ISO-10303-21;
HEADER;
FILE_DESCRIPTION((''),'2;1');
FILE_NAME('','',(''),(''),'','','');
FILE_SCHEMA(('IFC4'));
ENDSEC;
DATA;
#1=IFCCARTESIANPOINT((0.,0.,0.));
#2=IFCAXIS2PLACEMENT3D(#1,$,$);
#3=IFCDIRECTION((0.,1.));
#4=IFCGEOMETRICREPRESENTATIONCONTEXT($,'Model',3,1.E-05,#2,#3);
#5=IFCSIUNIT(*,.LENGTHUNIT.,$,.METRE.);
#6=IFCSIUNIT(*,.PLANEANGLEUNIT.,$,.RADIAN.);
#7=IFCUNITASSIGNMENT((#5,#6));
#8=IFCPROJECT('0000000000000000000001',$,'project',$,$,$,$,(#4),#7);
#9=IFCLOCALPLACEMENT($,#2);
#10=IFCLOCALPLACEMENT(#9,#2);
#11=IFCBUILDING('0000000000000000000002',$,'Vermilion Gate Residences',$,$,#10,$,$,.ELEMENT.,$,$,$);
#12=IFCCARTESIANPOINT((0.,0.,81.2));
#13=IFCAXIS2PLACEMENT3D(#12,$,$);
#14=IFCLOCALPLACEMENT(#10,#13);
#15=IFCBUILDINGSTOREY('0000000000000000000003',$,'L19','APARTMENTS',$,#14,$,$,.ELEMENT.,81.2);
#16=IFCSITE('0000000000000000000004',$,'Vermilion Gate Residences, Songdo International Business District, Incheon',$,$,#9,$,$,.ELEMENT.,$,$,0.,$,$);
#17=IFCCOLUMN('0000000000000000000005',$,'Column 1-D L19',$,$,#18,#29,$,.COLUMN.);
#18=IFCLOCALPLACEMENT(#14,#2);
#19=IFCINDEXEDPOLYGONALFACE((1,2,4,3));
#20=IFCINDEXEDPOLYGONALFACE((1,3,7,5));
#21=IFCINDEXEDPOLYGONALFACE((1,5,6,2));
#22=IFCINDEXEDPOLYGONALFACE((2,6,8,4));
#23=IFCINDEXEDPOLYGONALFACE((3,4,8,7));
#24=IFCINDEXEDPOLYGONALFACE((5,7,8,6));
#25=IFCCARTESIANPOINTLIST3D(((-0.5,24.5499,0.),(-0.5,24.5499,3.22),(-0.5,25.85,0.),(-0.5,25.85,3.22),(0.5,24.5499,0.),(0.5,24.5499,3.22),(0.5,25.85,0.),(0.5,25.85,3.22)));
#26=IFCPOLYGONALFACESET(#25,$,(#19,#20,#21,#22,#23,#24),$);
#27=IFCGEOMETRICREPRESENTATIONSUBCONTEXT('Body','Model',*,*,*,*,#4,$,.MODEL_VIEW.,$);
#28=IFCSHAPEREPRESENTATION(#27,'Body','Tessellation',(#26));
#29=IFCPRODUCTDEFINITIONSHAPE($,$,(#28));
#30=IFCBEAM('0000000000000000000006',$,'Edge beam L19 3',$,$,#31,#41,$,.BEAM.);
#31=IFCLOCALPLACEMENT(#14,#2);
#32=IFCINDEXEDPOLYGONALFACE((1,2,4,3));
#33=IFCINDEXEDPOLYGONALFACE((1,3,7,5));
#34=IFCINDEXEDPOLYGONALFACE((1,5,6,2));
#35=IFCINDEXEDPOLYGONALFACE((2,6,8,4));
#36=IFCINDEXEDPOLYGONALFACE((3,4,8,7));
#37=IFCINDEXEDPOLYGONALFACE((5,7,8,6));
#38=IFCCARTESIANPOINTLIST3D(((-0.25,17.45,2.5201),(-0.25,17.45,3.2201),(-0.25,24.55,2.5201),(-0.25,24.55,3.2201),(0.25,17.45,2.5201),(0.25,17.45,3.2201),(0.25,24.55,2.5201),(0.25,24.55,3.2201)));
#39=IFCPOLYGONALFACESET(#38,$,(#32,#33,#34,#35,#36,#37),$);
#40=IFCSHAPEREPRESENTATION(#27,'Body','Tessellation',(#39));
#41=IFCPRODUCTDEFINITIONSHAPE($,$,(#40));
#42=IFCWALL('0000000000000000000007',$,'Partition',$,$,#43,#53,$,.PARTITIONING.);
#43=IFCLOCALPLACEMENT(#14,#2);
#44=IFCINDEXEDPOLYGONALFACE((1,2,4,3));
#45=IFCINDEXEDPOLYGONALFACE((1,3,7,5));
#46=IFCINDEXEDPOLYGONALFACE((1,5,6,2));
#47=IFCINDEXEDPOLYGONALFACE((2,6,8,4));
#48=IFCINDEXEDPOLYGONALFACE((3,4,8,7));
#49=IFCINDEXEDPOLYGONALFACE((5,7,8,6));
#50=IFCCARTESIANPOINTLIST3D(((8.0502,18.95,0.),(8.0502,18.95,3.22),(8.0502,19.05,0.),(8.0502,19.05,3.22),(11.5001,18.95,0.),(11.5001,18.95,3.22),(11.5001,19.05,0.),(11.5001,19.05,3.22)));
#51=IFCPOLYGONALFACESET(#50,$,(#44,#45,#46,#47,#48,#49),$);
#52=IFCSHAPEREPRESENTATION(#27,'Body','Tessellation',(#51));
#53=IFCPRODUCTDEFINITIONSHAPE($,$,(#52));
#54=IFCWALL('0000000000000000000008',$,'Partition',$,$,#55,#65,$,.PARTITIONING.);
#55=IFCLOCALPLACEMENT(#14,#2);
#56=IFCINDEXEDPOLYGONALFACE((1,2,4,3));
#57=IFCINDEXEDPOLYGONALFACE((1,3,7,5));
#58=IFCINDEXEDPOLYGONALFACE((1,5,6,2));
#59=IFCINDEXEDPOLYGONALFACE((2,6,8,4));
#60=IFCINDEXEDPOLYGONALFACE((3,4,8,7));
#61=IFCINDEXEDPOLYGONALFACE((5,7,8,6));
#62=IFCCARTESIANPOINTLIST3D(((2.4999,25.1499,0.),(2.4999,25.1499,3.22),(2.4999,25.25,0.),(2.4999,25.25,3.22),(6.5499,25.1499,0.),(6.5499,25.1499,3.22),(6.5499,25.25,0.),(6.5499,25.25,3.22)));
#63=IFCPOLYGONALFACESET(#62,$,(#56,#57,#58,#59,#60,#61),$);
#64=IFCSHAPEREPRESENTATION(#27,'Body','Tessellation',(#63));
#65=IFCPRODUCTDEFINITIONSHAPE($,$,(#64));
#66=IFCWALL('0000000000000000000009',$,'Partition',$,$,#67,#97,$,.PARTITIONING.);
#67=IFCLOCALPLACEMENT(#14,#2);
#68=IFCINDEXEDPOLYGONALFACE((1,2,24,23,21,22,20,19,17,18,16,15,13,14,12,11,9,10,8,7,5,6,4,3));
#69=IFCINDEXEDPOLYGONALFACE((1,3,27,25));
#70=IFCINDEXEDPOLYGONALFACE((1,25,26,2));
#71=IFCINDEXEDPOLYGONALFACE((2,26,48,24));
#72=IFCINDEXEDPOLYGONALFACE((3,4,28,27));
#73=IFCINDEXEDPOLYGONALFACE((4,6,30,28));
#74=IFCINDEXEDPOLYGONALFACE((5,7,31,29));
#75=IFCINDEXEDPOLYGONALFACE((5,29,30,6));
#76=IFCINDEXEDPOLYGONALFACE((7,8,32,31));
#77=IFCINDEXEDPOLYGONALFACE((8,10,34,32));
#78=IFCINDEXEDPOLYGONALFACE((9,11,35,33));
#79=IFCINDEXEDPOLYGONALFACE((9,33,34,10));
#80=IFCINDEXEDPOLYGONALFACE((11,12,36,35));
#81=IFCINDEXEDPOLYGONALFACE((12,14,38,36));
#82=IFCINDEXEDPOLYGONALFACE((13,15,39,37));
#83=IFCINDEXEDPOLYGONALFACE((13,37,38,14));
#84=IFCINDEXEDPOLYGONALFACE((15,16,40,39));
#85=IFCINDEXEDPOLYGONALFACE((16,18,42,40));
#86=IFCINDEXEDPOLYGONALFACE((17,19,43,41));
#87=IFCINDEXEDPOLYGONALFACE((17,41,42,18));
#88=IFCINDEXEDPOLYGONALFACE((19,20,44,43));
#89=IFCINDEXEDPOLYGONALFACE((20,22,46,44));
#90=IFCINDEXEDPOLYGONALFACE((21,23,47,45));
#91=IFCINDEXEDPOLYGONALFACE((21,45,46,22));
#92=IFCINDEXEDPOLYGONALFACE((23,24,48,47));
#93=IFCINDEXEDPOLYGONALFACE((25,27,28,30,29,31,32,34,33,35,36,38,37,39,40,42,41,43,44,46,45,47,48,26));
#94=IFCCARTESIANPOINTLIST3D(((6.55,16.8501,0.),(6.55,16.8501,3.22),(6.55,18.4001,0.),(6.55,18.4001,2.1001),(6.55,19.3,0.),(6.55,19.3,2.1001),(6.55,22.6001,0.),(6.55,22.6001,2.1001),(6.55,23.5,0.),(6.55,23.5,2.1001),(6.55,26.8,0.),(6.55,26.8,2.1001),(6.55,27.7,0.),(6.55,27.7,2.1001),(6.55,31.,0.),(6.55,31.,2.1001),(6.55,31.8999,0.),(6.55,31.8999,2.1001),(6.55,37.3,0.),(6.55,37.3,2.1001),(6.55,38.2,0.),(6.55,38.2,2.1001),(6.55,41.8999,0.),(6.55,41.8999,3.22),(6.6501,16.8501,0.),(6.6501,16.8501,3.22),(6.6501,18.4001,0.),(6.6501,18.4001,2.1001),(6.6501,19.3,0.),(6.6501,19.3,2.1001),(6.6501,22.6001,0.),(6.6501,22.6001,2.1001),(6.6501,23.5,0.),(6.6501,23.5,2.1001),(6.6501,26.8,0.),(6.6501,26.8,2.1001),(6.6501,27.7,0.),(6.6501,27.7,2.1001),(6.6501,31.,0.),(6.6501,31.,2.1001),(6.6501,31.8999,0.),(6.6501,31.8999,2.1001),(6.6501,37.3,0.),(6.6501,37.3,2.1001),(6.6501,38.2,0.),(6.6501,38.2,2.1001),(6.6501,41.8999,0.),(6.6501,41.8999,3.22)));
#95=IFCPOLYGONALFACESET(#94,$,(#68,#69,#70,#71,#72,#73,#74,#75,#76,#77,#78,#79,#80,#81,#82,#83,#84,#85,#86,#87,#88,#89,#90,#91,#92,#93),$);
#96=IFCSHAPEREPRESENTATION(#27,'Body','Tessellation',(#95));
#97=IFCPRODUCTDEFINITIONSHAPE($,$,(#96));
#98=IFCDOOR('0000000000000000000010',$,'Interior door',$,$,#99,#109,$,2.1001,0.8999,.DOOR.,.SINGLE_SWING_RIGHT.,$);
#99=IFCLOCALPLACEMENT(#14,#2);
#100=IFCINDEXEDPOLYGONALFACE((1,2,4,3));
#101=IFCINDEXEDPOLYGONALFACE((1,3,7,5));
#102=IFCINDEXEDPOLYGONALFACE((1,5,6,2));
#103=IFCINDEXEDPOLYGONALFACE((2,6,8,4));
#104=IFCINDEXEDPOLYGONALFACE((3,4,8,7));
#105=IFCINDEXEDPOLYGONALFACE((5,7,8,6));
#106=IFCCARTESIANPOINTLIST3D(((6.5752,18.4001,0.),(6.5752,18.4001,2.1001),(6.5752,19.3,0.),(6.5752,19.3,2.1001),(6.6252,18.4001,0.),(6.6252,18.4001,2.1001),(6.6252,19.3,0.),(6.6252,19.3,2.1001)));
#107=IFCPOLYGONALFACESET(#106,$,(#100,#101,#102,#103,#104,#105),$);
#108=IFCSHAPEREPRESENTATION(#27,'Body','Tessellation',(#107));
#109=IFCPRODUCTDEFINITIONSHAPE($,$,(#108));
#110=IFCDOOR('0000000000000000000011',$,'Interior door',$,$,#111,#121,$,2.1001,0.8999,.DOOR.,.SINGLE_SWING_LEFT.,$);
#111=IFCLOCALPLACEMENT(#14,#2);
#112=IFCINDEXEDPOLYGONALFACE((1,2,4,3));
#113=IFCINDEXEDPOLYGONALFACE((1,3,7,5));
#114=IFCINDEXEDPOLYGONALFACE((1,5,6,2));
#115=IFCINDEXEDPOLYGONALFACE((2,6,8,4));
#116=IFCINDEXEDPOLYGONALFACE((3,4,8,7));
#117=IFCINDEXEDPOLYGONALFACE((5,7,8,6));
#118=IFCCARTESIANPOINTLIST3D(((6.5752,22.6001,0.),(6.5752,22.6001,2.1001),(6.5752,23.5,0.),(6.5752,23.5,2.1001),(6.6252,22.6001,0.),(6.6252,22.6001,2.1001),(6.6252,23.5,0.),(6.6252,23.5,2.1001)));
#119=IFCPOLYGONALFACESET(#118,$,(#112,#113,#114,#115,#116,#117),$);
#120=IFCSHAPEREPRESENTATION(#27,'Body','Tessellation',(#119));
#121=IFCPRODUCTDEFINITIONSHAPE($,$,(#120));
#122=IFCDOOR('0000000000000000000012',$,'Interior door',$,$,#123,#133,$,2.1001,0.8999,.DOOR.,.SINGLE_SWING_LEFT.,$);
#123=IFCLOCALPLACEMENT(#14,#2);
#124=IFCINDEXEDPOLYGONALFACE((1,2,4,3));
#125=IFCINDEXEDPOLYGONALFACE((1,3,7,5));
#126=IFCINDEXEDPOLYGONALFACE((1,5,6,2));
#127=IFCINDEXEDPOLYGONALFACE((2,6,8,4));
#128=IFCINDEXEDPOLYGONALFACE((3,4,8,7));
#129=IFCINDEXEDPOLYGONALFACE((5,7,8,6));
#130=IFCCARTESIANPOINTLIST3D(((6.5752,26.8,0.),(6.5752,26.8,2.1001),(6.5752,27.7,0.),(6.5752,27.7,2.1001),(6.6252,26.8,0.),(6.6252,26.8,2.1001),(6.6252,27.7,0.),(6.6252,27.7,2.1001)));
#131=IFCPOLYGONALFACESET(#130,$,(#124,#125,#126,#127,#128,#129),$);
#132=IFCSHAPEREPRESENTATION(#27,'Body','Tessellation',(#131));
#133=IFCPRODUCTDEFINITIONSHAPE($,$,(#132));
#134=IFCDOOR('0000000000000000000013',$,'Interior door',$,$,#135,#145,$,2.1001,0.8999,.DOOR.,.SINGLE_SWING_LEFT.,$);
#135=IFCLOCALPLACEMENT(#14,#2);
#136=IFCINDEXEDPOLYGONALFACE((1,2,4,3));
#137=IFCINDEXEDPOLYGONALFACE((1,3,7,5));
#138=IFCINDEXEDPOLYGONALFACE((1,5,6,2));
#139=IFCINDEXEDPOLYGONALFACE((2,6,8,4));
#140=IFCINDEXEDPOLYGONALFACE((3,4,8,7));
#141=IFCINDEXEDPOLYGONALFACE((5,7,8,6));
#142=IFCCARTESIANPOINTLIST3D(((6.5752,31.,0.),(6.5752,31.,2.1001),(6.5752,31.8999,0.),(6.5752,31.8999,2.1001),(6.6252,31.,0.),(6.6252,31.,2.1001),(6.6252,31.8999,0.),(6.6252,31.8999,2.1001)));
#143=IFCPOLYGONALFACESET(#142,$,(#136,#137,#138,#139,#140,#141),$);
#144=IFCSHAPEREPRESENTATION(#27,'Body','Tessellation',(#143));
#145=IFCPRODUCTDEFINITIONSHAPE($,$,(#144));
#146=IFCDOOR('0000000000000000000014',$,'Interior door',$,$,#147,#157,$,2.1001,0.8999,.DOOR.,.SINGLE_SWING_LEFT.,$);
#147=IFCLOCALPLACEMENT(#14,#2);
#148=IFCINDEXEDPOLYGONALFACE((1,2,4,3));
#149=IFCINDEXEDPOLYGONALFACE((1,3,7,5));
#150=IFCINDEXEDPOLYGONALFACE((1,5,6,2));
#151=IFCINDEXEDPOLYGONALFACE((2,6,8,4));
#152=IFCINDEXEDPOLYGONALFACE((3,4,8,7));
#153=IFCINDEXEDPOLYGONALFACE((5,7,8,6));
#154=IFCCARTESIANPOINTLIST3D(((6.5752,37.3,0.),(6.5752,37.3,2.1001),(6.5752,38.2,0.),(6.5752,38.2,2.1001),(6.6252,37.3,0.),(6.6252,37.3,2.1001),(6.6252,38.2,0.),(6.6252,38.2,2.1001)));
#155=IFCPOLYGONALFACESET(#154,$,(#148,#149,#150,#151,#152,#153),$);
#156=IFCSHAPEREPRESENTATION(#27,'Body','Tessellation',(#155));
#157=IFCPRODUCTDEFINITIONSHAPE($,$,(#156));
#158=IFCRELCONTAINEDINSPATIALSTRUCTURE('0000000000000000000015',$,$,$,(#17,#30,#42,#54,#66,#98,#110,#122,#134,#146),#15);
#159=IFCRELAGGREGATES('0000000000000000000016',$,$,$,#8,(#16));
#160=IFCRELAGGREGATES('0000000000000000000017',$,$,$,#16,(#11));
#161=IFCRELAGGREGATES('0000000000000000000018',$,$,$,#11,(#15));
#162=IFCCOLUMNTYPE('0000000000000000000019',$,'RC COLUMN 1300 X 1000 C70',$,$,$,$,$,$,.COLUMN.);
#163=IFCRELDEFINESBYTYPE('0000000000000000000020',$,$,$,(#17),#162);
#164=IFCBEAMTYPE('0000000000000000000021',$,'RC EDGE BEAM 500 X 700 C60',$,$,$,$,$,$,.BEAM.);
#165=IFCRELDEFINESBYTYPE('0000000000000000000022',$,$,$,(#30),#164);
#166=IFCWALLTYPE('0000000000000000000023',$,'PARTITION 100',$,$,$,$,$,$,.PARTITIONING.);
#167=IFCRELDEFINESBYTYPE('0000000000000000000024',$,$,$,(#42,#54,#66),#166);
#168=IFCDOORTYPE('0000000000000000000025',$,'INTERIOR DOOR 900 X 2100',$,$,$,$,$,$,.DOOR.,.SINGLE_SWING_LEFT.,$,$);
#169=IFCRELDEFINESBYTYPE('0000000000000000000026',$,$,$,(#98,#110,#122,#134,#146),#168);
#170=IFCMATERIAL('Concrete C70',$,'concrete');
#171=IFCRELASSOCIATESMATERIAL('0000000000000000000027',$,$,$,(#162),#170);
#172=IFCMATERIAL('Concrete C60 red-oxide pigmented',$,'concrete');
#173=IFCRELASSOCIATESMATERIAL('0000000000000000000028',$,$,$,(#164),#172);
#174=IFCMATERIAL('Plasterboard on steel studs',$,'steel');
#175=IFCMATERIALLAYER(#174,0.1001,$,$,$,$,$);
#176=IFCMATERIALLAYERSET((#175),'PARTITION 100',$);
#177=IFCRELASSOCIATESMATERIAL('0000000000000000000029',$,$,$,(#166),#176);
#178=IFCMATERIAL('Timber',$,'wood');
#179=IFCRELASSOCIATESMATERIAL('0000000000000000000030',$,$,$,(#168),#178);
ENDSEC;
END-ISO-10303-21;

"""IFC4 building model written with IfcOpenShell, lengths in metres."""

from ifc_helpers import new_model, si_unit, direction, frame, frame_2d, origin, origin_2d, place, context, subcontext, project, spatial, rectangle, extrude, material, layer, layer_set, material_profile, profile_set, type_object, element, fill, save


model = new_model("IFC4")

# Units and contexts
model_context = context("Model", 3, precision=1e-05, world=origin(), true_north=direction((0.0, 1.0)))
body_context = subcontext(model_context, "Body", "Model", "MODEL_VIEW")
ifc_project = project(units=[si_unit("LENGTHUNIT", "METRE"), si_unit("PLANEANGLEUNIT", "RADIAN")], contexts=[model_context])

# Site, building, storey
site_placement = place(None, origin())
site = spatial("IfcSite", under=ifc_project, at=site_placement, Name="Vermilion Gate Residences, Songdo International Business District, Incheon", CompositionType="ELEMENT", RefElevation=0.0)
building_placement = place(site_placement, origin())
building = spatial("IfcBuilding", under=site, at=building_placement, Name="Vermilion Gate Residences", CompositionType="ELEMENT")
storey_placement = place(building_placement, frame((0.0, 0.0, 81.2)))
storey = spatial("IfcBuildingStorey", under=building, at=storey_placement, Name="L19", Description="APARTMENTS", CompositionType="ELEMENT", Elevation=81.2)

# Column
ifc_material_1 = material(Name="Concrete C70", Category="concrete")
ifc_material_profile_1 = material_profile(ifc_material_1, rectangle(XDim=1.3, YDim=1.0, at=origin_2d()), Name="RC-1300x1000")
ifc_profile_set_1 = profile_set([ifc_material_profile_1], Name="Concrete C70")
column_type = type_object("IfcColumnType", Name="RC COLUMN 1300 X 1000 C70", PredefinedType="COLUMN", material=ifc_profile_set_1)
column_placement = place(storey_placement, frame((0.0, 25.2, 0.0), z_axis=(0.0, 0.0, 1.0), x_axis=(0.0, 1.0, 0.0)))
element("IfcColumn", 1, at=column_placement, inside=storey, type_object=column_type, Name="Column 1-D L19", PredefinedType="COLUMN", context=body_context, shape_type="SweptSolid", body=[
    extrude(rectangle(XDim=1.3, YDim=1.0, at=origin_2d()), origin(), (0.0, 0.0, 1.0), 3.22),
])

# Beam
ifc_material_2 = material(Name="Concrete C60 red-oxide pigmented", Category="concrete")
ifc_material_profile_2 = material_profile(ifc_material_2, rectangle(XDim=0.5, YDim=0.7, at=origin_2d()), Name="RC-500x700")
ifc_profile_set_2 = profile_set([ifc_material_profile_2], Name="Concrete C60 red-oxide pigmented")
beam_type = type_object("IfcBeamType", Name="RC EDGE BEAM 500 X 700 C60", PredefinedType="BEAM", material=ifc_profile_set_2)
beam_placement = place(storey_placement, frame((0.0, 17.45, 2.8701), z_axis=(0.0, 1.0, 0.0), x_axis=(-1.0, 0.0, 0.0)))
element("IfcBeam", 2, at=beam_placement, inside=storey, type_object=beam_type, Name="Edge beam L19 3", PredefinedType="BEAM", context=body_context, shape_type="SweptSolid", body=[
    extrude(rectangle(XDim=0.5, YDim=0.7, at=origin_2d()), origin(), (0.0, 0.0, 1.0), 7.1001),
])

# Walls
ifc_material_3 = material(Name="Plasterboard on steel studs", Category="steel")
ifc_layer_1 = layer(ifc_material_3, 0.1001)
ifc_layer_set_1 = layer_set([ifc_layer_1], Name="PARTITION 100")
wall_type_1 = type_object("IfcWallType", Name="PARTITION 100", PredefinedType="PARTITIONING", material=ifc_layer_set_1)
wall_1_placement = place(storey_placement, frame((8.05, 19.0, 0.0), z_axis=(0.0, 0.0, 1.0), x_axis=(1.0, 0.0, 0.0)))
element("IfcWall", 3, at=wall_1_placement, inside=storey, type_object=wall_type_1, Name="Partition", PredefinedType="PARTITIONING", context=body_context, shape_type="SweptSolid", body=[
    extrude(rectangle(XDim=3.45, YDim=0.1001, at=frame_2d((1.7251, 0.0))), origin(), (0.0, 0.0, 1.0), 3.22),
])
wall_2_placement = place(storey_placement, frame((2.5, 25.2, 0.0), z_axis=(0.0, 0.0, 1.0), x_axis=(1.0, 0.0, 0.0)))
element("IfcWall", 4, at=wall_2_placement, inside=storey, type_object=wall_type_1, Name="Partition", PredefinedType="PARTITIONING", context=body_context, shape_type="SweptSolid", body=[
    extrude(rectangle(XDim=4.05, YDim=0.1001, at=frame_2d((2.0249, 0.0))), origin(), (0.0, 0.0, 1.0), 3.22),
])

# Wall, openings, doors
wall_3_placement = place(storey_placement, frame((6.6001, 16.8501, 0.0), z_axis=(0.0, 0.0, 1.0), x_axis=(0.0, 1.0, 0.0)))
wall_3 = element("IfcWall", 5, at=wall_3_placement, inside=storey, type_object=wall_type_1, Name="Partition", PredefinedType="PARTITIONING", context=body_context, shape_type="SweptSolid", body=[
    extrude(rectangle(XDim=25.0498, YDim=0.1001, at=frame_2d((12.5249, 0.0))), origin(), (0.0, 0.0, 1.0), 3.22),
])
opening_1_placement = place(wall_3_placement, frame((1.55, 0.0, 0.0)))
opening_1 = element("IfcOpeningElement", 6, at=opening_1_placement, cuts=wall_3, PredefinedType="OPENING", context=body_context, shape_type="SweptSolid", body=[
    extrude(rectangle(XDim=0.8999, YDim=2.1001, at=frame_2d((0.45, 1.05))), frame((0.0, 0.0601, 0.0), z_axis=(0.0, -1.0, 0.0), x_axis=(1.0, 0.0, 0.0)), (0.0, 0.0, 1.0), 0.1201),
])
opening_2_placement = place(wall_3_placement, frame((5.75, 0.0, 0.0)))
opening_2 = element("IfcOpeningElement", 7, at=opening_2_placement, cuts=wall_3, PredefinedType="OPENING", context=body_context, shape_type="SweptSolid", body=[
    extrude(rectangle(XDim=0.8999, YDim=2.1001, at=frame_2d((0.45, 1.05))), frame((0.0, 0.0601, 0.0), z_axis=(0.0, -1.0, 0.0), x_axis=(1.0, 0.0, 0.0)), (0.0, 0.0, 1.0), 0.1201),
])
opening_3_placement = place(wall_3_placement, frame((9.95, 0.0, 0.0)))
opening_3 = element("IfcOpeningElement", 8, at=opening_3_placement, cuts=wall_3, PredefinedType="OPENING", context=body_context, shape_type="SweptSolid", body=[
    extrude(rectangle(XDim=0.8999, YDim=2.1001, at=frame_2d((0.45, 1.05))), frame((0.0, 0.0601, 0.0), z_axis=(0.0, -1.0, 0.0), x_axis=(1.0, 0.0, 0.0)), (0.0, 0.0, 1.0), 0.1201),
])
opening_4_placement = place(wall_3_placement, frame((14.1499, 0.0, 0.0)))
opening_4 = element("IfcOpeningElement", 9, at=opening_4_placement, cuts=wall_3, PredefinedType="OPENING", context=body_context, shape_type="SweptSolid", body=[
    extrude(rectangle(XDim=0.8999, YDim=2.1001, at=frame_2d((0.45, 1.05))), frame((0.0, 0.0601, 0.0), z_axis=(0.0, -1.0, 0.0), x_axis=(1.0, 0.0, 0.0)), (0.0, 0.0, 1.0), 0.1201),
])
opening_5_placement = place(wall_3_placement, frame((20.45, 0.0, 0.0)))
opening_5 = element("IfcOpeningElement", 10, at=opening_5_placement, cuts=wall_3, PredefinedType="OPENING", context=body_context, shape_type="SweptSolid", body=[
    extrude(rectangle(XDim=0.8999, YDim=2.1001, at=frame_2d((0.45, 1.05))), frame((0.0, 0.0601, 0.0), z_axis=(0.0, -1.0, 0.0), x_axis=(1.0, 0.0, 0.0)), (0.0, 0.0, 1.0), 0.1201),
])
ifc_material_4 = material(Name="Timber", Category="wood")
door_type = type_object("IfcDoorType", Name="INTERIOR DOOR 900 X 2100", OperationType="SINGLE_SWING_LEFT", PredefinedType="DOOR", material=ifc_material_4)
door_1_placement = place(opening_1_placement, origin())
door_1 = element("IfcDoor", 11, at=door_1_placement, inside=storey, type_object=door_type, Name="Interior door", OperationType="SINGLE_SWING_RIGHT", OverallHeight=2.1001, OverallWidth=0.8999, PredefinedType="DOOR", context=body_context, shape_type="SweptSolid", body=[
    extrude(rectangle(XDim=0.8999, YDim=2.1001, at=frame_2d((0.45, 1.05))), frame((0.0, 0.0249, 0.0), z_axis=(0.0, -1.0, 0.0), x_axis=(1.0, 0.0, 0.0)), (0.0, 0.0, 1.0), 0.05),
])
fill(opening_1, door_1)
door_2_placement = place(opening_2_placement, origin())
door_2 = element("IfcDoor", 12, at=door_2_placement, inside=storey, type_object=door_type, Name="Interior door", OperationType="SINGLE_SWING_LEFT", OverallHeight=2.1001, OverallWidth=0.8999, PredefinedType="DOOR", context=body_context, shape_type="SweptSolid", body=[
    extrude(rectangle(XDim=0.8999, YDim=2.1001, at=frame_2d((0.45, 1.05))), frame((0.0, 0.0249, 0.0), z_axis=(0.0, -1.0, 0.0), x_axis=(1.0, 0.0, 0.0)), (0.0, 0.0, 1.0), 0.05),
])
fill(opening_2, door_2)
door_3_placement = place(opening_3_placement, origin())
door_3 = element("IfcDoor", 13, at=door_3_placement, inside=storey, type_object=door_type, Name="Interior door", OperationType="SINGLE_SWING_LEFT", OverallHeight=2.1001, OverallWidth=0.8999, PredefinedType="DOOR", context=body_context, shape_type="SweptSolid", body=[
    extrude(rectangle(XDim=0.8999, YDim=2.1001, at=frame_2d((0.45, 1.05))), frame((0.0, 0.0249, 0.0), z_axis=(0.0, -1.0, 0.0), x_axis=(1.0, 0.0, 0.0)), (0.0, 0.0, 1.0), 0.05),
])
fill(opening_3, door_3)
door_4_placement = place(opening_4_placement, origin())
door_4 = element("IfcDoor", 14, at=door_4_placement, inside=storey, type_object=door_type, Name="Interior door", OperationType="SINGLE_SWING_LEFT", OverallHeight=2.1001, OverallWidth=0.8999, PredefinedType="DOOR", context=body_context, shape_type="SweptSolid", body=[
    extrude(rectangle(XDim=0.8999, YDim=2.1001, at=frame_2d((0.45, 1.05))), frame((0.0, 0.0249, 0.0), z_axis=(0.0, -1.0, 0.0), x_axis=(1.0, 0.0, 0.0)), (0.0, 0.0, 1.0), 0.05),
])
fill(opening_4, door_4)
door_5_placement = place(opening_5_placement, origin())
door_5 = element("IfcDoor", 15, at=door_5_placement, inside=storey, type_object=door_type, Name="Interior door", OperationType="SINGLE_SWING_LEFT", OverallHeight=2.1001, OverallWidth=0.8999, PredefinedType="DOOR", context=body_context, shape_type="SweptSolid", body=[
    extrude(rectangle(XDim=0.8999, YDim=2.1001, at=frame_2d((0.45, 1.05))), frame((0.0, 0.0249, 0.0), z_axis=(0.0, -1.0, 0.0), x_axis=(1.0, 0.0, 0.0)), (0.0, 0.0, 1.0), 0.05),
])
fill(opening_5, door_5)

save(model, "model.ifc")
